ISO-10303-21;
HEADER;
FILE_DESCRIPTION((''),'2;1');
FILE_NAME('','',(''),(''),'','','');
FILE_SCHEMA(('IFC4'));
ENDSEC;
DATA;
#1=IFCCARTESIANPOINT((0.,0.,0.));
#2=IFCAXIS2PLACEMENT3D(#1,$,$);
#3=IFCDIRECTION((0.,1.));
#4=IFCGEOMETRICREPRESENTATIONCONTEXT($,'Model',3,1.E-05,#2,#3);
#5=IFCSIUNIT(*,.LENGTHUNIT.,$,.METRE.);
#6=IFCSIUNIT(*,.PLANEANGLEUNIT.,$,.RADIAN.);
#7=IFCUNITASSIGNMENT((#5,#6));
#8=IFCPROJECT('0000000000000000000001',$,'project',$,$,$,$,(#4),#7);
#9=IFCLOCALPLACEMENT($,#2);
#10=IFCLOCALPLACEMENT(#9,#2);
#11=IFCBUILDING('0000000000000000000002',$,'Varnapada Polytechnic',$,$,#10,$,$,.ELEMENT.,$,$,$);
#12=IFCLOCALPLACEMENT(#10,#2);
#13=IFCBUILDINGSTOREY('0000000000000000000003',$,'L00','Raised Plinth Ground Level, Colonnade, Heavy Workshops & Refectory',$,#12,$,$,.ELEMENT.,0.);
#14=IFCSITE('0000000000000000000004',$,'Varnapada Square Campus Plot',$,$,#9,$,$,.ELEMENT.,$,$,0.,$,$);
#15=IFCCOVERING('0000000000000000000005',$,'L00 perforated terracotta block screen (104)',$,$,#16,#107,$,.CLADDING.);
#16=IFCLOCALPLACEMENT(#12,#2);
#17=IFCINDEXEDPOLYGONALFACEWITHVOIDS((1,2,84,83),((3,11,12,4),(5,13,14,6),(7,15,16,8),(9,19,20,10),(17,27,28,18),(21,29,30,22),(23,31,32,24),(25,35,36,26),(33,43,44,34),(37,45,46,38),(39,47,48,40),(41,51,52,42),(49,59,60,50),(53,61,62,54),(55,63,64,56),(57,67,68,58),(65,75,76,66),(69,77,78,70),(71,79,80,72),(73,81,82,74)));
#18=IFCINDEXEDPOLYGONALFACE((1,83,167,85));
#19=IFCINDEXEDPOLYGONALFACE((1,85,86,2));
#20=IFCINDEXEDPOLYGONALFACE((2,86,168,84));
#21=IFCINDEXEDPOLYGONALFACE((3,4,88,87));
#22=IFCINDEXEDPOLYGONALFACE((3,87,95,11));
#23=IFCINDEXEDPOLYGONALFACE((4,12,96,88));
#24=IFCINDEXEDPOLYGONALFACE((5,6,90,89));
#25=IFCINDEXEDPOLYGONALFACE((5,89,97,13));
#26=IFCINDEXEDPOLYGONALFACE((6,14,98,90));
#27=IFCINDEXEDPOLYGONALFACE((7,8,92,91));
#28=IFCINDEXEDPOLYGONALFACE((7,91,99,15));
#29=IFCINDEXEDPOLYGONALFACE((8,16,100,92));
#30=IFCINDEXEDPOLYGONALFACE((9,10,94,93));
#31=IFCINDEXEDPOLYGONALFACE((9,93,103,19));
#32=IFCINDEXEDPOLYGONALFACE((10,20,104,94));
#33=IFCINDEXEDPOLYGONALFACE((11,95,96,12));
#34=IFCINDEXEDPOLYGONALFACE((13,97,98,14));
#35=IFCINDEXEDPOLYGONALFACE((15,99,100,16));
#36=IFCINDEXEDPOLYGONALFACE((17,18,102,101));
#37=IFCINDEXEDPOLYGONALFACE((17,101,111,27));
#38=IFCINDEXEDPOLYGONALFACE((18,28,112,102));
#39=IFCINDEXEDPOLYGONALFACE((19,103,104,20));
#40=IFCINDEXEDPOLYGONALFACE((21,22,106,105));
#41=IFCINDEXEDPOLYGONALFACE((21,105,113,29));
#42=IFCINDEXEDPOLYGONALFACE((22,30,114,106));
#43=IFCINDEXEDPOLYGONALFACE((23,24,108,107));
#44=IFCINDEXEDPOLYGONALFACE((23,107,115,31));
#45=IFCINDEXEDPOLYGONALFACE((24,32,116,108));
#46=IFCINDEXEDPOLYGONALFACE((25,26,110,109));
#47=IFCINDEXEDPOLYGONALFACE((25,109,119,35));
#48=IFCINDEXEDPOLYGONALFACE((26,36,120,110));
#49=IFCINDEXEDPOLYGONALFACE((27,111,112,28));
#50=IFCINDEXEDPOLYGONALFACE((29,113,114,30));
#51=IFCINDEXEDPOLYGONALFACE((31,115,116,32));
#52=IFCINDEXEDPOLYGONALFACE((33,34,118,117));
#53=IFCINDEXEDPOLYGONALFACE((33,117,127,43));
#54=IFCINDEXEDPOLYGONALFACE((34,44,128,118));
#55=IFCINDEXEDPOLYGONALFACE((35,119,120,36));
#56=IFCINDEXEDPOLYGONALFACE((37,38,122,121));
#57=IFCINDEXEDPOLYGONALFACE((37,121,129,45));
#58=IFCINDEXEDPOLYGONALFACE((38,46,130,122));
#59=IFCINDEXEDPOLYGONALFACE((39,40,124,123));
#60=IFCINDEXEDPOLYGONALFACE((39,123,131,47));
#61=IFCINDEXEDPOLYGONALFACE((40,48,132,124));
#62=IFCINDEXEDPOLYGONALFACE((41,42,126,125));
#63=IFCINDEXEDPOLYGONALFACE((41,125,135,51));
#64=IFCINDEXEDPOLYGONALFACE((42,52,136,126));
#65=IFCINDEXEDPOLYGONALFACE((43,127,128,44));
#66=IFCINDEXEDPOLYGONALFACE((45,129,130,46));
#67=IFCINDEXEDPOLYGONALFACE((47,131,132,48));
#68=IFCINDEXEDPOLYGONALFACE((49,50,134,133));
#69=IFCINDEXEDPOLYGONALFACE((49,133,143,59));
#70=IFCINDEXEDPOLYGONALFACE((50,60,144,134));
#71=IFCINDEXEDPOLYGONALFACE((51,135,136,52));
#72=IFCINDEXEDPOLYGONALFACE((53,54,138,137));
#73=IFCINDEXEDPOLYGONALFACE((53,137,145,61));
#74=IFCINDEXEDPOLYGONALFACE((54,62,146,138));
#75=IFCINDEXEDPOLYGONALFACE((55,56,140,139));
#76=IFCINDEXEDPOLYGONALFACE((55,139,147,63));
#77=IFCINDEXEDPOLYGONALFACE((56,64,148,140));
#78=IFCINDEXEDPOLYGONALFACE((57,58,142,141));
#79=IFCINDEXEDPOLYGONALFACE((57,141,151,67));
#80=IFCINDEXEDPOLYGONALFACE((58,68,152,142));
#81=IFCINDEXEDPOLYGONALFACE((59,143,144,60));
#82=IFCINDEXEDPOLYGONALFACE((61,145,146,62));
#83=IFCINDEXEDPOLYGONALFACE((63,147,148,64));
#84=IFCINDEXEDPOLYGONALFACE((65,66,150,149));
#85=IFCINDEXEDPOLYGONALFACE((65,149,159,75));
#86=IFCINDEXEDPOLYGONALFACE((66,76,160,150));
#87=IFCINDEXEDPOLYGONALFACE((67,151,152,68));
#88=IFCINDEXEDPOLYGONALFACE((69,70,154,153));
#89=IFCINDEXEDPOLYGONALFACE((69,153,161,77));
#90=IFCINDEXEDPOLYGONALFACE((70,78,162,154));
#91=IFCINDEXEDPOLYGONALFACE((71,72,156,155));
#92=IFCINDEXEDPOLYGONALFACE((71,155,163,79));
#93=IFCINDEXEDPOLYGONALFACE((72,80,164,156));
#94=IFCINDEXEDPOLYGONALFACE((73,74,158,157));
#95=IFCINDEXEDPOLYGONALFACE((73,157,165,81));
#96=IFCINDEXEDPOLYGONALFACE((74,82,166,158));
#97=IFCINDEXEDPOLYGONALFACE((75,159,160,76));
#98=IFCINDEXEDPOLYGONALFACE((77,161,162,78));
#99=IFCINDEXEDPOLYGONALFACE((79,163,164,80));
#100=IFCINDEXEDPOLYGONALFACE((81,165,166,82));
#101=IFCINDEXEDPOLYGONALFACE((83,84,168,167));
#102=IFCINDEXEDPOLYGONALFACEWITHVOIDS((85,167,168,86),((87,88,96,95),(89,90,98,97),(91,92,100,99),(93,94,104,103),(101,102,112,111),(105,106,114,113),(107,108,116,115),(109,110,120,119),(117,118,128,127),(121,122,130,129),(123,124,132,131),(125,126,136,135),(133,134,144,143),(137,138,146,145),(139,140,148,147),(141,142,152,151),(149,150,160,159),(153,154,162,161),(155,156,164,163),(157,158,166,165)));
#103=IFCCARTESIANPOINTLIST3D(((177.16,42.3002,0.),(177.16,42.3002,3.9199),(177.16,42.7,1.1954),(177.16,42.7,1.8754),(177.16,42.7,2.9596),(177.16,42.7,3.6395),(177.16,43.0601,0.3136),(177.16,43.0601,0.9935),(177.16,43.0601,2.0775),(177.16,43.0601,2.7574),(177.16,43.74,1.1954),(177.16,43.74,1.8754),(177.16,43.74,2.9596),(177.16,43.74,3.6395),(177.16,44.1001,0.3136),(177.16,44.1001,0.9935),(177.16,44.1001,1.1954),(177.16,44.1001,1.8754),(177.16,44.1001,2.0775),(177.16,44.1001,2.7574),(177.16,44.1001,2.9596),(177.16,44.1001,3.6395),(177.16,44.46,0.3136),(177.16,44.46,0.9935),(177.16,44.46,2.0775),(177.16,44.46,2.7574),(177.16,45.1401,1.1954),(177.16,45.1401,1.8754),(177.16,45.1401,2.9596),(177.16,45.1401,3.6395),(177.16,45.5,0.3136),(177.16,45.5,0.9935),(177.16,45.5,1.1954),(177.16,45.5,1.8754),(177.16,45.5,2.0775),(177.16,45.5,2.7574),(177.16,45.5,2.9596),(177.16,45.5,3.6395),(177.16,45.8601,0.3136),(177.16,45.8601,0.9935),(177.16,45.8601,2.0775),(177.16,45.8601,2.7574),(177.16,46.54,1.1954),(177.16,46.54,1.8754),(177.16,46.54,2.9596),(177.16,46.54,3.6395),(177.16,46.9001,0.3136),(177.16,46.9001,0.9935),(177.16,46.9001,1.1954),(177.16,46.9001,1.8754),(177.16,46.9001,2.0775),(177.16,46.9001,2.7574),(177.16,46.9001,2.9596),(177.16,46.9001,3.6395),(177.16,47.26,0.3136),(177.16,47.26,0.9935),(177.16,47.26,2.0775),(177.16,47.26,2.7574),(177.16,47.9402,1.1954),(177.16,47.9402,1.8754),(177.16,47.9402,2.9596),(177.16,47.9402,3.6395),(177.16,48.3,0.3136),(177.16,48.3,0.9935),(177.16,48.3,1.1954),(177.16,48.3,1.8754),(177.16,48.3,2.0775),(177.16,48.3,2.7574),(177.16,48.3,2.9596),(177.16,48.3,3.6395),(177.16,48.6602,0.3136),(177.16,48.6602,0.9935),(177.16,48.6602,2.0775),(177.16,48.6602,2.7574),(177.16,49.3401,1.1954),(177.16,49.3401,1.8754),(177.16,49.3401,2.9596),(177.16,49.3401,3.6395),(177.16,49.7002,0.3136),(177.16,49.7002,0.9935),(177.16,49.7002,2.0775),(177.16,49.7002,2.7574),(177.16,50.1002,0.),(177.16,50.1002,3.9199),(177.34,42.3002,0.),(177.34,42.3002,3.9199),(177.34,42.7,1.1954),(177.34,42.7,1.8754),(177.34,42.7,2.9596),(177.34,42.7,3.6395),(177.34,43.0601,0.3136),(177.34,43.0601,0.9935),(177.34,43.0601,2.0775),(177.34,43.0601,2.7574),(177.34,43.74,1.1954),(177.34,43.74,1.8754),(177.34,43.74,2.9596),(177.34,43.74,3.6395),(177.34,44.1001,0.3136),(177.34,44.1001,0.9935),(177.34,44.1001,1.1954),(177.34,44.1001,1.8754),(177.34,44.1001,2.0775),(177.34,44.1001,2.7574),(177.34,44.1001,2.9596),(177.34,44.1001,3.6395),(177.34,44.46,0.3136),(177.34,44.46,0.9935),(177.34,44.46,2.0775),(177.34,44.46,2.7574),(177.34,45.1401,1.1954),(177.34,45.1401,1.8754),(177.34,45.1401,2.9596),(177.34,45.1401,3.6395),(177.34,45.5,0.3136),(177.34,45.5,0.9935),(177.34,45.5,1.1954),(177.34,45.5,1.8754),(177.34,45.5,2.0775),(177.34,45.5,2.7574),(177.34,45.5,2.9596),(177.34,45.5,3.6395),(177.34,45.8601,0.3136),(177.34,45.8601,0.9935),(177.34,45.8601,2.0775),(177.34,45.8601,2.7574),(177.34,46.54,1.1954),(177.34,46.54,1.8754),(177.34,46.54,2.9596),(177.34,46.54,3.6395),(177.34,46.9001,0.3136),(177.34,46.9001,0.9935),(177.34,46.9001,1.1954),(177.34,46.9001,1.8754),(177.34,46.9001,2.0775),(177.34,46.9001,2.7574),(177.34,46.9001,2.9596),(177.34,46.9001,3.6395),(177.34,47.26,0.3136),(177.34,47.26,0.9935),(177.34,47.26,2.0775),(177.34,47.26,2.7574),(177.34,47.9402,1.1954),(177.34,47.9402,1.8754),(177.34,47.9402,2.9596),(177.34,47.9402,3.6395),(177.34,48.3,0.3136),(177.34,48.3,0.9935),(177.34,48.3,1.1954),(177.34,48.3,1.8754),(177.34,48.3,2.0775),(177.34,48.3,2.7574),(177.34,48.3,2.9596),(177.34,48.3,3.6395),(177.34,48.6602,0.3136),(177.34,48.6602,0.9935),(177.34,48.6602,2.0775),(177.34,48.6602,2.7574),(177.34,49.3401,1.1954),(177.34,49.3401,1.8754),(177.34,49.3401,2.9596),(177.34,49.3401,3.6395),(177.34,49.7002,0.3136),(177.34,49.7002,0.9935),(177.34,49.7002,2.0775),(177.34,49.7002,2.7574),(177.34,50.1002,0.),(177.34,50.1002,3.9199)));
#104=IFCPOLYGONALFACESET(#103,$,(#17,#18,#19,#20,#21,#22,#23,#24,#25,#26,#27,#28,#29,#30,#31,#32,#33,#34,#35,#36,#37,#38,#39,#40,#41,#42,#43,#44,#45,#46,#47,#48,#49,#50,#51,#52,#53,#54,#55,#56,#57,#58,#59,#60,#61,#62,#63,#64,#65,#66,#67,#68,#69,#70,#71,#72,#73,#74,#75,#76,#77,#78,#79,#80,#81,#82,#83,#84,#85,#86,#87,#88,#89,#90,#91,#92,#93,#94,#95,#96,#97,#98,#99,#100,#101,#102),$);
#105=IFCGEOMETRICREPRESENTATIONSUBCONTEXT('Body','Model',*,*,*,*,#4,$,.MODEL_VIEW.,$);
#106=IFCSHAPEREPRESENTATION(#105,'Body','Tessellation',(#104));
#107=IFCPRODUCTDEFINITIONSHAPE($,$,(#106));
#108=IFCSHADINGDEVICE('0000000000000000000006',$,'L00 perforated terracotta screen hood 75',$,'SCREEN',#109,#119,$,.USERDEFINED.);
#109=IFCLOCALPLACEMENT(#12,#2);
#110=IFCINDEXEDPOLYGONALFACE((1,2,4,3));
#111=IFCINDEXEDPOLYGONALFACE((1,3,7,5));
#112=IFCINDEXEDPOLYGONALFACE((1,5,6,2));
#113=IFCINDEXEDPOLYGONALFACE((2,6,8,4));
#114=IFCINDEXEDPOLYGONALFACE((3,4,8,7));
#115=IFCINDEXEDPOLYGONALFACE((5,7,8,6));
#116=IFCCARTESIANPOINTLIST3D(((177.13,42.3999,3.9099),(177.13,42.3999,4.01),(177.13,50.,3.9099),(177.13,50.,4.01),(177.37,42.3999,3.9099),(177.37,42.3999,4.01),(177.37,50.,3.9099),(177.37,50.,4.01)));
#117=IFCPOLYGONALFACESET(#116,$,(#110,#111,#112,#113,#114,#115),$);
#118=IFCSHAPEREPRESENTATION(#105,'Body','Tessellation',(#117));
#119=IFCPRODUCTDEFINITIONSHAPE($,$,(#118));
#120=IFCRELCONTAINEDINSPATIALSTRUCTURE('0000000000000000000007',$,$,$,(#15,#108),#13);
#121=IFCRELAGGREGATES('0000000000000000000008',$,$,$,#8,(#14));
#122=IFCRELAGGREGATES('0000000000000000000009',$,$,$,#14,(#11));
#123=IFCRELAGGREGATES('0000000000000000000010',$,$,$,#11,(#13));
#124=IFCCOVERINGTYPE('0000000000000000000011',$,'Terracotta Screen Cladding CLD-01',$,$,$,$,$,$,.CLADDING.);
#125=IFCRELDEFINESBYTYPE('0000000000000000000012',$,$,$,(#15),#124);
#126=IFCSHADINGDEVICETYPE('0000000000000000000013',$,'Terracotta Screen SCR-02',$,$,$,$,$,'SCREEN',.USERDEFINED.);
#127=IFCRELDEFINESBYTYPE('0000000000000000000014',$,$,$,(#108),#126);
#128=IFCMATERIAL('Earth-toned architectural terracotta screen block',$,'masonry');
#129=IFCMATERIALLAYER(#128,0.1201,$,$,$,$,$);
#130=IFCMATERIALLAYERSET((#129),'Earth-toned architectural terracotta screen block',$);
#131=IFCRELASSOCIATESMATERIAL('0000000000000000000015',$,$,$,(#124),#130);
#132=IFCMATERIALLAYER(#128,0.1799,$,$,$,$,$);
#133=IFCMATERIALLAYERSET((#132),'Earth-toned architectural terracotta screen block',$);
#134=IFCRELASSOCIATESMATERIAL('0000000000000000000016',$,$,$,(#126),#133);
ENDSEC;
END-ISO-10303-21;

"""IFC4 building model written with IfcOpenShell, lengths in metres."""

from ifc_helpers import new_model, si_unit, direction, frame, frame_2d, origin, origin_2d, place, context, subcontext, project, spatial, rectangle, extrude, material, layer, layer_set, type_object, element, save


model = new_model("IFC4")

# Units and contexts
model_context = context("Model", 3, precision=1e-05, world=origin(), true_north=direction((0.0, 1.0)))
body_context = subcontext(model_context, "Body", "Model", "MODEL_VIEW")
ifc_project = project(units=[si_unit("LENGTHUNIT", "METRE"), si_unit("PLANEANGLEUNIT", "RADIAN")], contexts=[model_context])

# Site, building, storey
site_placement = place(None, origin())
site = spatial("IfcSite", under=ifc_project, at=site_placement, Name="Varnapada Square Campus Plot", CompositionType="ELEMENT", RefElevation=0.0)
building_placement = place(site_placement, origin())
building = spatial("IfcBuilding", under=site, at=building_placement, Name="Varnapada Polytechnic", CompositionType="ELEMENT")
storey_placement = place(building_placement, origin())
storey = spatial("IfcBuildingStorey", under=building, at=storey_placement, Name="L00", Description="Raised Plinth Ground Level, Colonnade, Heavy Workshops & Refectory", CompositionType="ELEMENT", Elevation=0.0)

# Covering, openings
ifc_material_1 = material(Name="Earth-toned architectural terracotta screen block", Category="masonry")
ifc_layer_1 = layer(ifc_material_1, 0.1201)
ifc_layer_set_1 = layer_set([ifc_layer_1], Name="Earth-toned architectural terracotta screen block")
covering_type_1 = type_object("IfcCoveringType", Name="Terracotta Screen Cladding CLD-01", PredefinedType="CLADDING", material=ifc_layer_set_1)
covering_1_placement = place(storey_placement, frame((177.25, 50.1001, 0.0), z_axis=(0.0, 0.0, 1.0), x_axis=(0.0, -1.0, 0.0)))
covering_1 = element("IfcCovering", 1, at=covering_1_placement, inside=storey, type_object=covering_type_1, Name="L00 perforated terracotta block screen (104)", PredefinedType="CLADDING", context=body_context, shape_type="SweptSolid", body=[
    extrude(rectangle(XDim=7.8, YDim=0.1799, at=frame_2d((3.8999, 0.0))), origin(), (0.0, 0.0, 1.0), 3.9199),
])
opening_1_placement = place(covering_1_placement, frame((0.3999, 0.0, 0.3137)))
element("IfcOpeningElement", 2, at=opening_1_placement, cuts=covering_1, PredefinedType="OPENING", context=body_context, shape_type="SweptSolid", body=[
    extrude(rectangle(XDim=1.04, YDim=0.6799, at=frame_2d((0.52, 0.3398))), frame((0.0, 0.0999, 0.0), z_axis=(0.0, -1.0, 0.0), x_axis=(1.0, 0.0, 0.0)), (0.0, 0.0, 1.0), 0.2),
])
opening_2_placement = place(covering_1_placement, frame((1.8, 0.0, 0.3137)))
element("IfcOpeningElement", 3, at=opening_2_placement, cuts=covering_1, PredefinedType="OPENING", context=body_context, shape_type="SweptSolid", body=[
    extrude(rectangle(XDim=1.04, YDim=0.6799, at=frame_2d((0.52, 0.3398))), frame((0.0, 0.0999, 0.0), z_axis=(0.0, -1.0, 0.0), x_axis=(1.0, 0.0, 0.0)), (0.0, 0.0, 1.0), 0.2),
])
opening_3_placement = place(covering_1_placement, frame((3.2, 0.0, 0.3137)))
element("IfcOpeningElement", 4, at=opening_3_placement, cuts=covering_1, PredefinedType="OPENING", context=body_context, shape_type="SweptSolid", body=[
    extrude(rectangle(XDim=1.04, YDim=0.6799, at=frame_2d((0.52, 0.3398))), frame((0.0, 0.0999, 0.0), z_axis=(0.0, -1.0, 0.0), x_axis=(1.0, 0.0, 0.0)), (0.0, 0.0, 1.0), 0.2),
])
opening_4_placement = place(covering_1_placement, frame((4.6001, 0.0, 0.3137)))
element("IfcOpeningElement", 5, at=opening_4_placement, cuts=covering_1, PredefinedType="OPENING", context=body_context, shape_type="SweptSolid", body=[
    extrude(rectangle(XDim=1.04, YDim=0.6799, at=frame_2d((0.52, 0.3398))), frame((0.0, 0.0999, 0.0), z_axis=(0.0, -1.0, 0.0), x_axis=(1.0, 0.0, 0.0)), (0.0, 0.0, 1.0), 0.2),
])
opening_5_placement = place(covering_1_placement, frame((6.0, 0.0, 0.3137)))
element("IfcOpeningElement", 6, at=opening_5_placement, cuts=covering_1, PredefinedType="OPENING", context=body_context, shape_type="SweptSolid", body=[
    extrude(rectangle(XDim=1.04, YDim=0.6799, at=frame_2d((0.52, 0.3398))), frame((0.0, 0.0999, 0.0), z_axis=(0.0, -1.0, 0.0), x_axis=(1.0, 0.0, 0.0)), (0.0, 0.0, 1.0), 0.2),
])
opening_6_placement = place(covering_1_placement, frame((0.76, 0.0, 1.1956)))
element("IfcOpeningElement", 7, at=opening_6_placement, cuts=covering_1, PredefinedType="OPENING", context=body_context, shape_type="SweptSolid", body=[
    extrude(rectangle(XDim=1.04, YDim=0.6799, at=frame_2d((0.52, 0.3398))), frame((0.0, 0.0999, 0.0), z_axis=(0.0, -1.0, 0.0), x_axis=(1.0, 0.0, 0.0)), (0.0, 0.0, 1.0), 0.2),
])
opening_7_placement = place(covering_1_placement, frame((2.1599, 0.0, 1.1956)))
element("IfcOpeningElement", 8, at=opening_7_placement, cuts=covering_1, PredefinedType="OPENING", context=body_context, shape_type="SweptSolid", body=[
    extrude(rectangle(XDim=1.04, YDim=0.6799, at=frame_2d((0.52, 0.3398))), frame((0.0, 0.0999, 0.0), z_axis=(0.0, -1.0, 0.0), x_axis=(1.0, 0.0, 0.0)), (0.0, 0.0, 1.0), 0.2),
])
opening_8_placement = place(covering_1_placement, frame((3.5601, 0.0, 1.1956)))
element("IfcOpeningElement", 9, at=opening_8_placement, cuts=covering_1, PredefinedType="OPENING", context=body_context, shape_type="SweptSolid", body=[
    extrude(rectangle(XDim=1.04, YDim=0.6799, at=frame_2d((0.52, 0.3398))), frame((0.0, 0.0999, 0.0), z_axis=(0.0, -1.0, 0.0), x_axis=(1.0, 0.0, 0.0)), (0.0, 0.0, 1.0), 0.2),
])
opening_9_placement = place(covering_1_placement, frame((4.96, 0.0, 1.1956)))
element("IfcOpeningElement", 10, at=opening_9_placement, cuts=covering_1, PredefinedType="OPENING", context=body_context, shape_type="SweptSolid", body=[
    extrude(rectangle(XDim=1.04, YDim=0.6799, at=frame_2d((0.52, 0.3398))), frame((0.0, 0.0999, 0.0), z_axis=(0.0, -1.0, 0.0), x_axis=(1.0, 0.0, 0.0)), (0.0, 0.0, 1.0), 0.2),
])
opening_10_placement = place(covering_1_placement, frame((6.3601, 0.0, 1.1956)))
element("IfcOpeningElement", 11, at=opening_10_placement, cuts=covering_1, PredefinedType="OPENING", context=body_context, shape_type="SweptSolid", body=[
    extrude(rectangle(XDim=1.04, YDim=0.6799, at=frame_2d((0.52, 0.3398))), frame((0.0, 0.0999, 0.0), z_axis=(0.0, -1.0, 0.0), x_axis=(1.0, 0.0, 0.0)), (0.0, 0.0, 1.0), 0.2),
])
opening_11_placement = place(covering_1_placement, frame((0.3999, 0.0, 2.0776)))
element("IfcOpeningElement", 12, at=opening_11_placement, cuts=covering_1, PredefinedType="OPENING", context=body_context, shape_type="SweptSolid", body=[
    extrude(rectangle(XDim=1.04, YDim=0.6799, at=frame_2d((0.52, 0.3398))), frame((0.0, 0.0999, 0.0), z_axis=(0.0, -1.0, 0.0), x_axis=(1.0, 0.0, 0.0)), (0.0, 0.0, 1.0), 0.2),
])
opening_12_placement = place(covering_1_placement, frame((1.8, 0.0, 2.0776)))
element("IfcOpeningElement", 13, at=opening_12_placement, cuts=covering_1, PredefinedType="OPENING", context=body_context, shape_type="SweptSolid", body=[
    extrude(rectangle(XDim=1.04, YDim=0.6799, at=frame_2d((0.52, 0.3398))), frame((0.0, 0.0999, 0.0), z_axis=(0.0, -1.0, 0.0), x_axis=(1.0, 0.0, 0.0)), (0.0, 0.0, 1.0), 0.2),
])
opening_13_placement = place(covering_1_placement, frame((3.2, 0.0, 2.0776)))
element("IfcOpeningElement", 14, at=opening_13_placement, cuts=covering_1, PredefinedType="OPENING", context=body_context, shape_type="SweptSolid", body=[
    extrude(rectangle(XDim=1.04, YDim=0.6799, at=frame_2d((0.52, 0.3398))), frame((0.0, 0.0999, 0.0), z_axis=(0.0, -1.0, 0.0), x_axis=(1.0, 0.0, 0.0)), (0.0, 0.0, 1.0), 0.2),
])
opening_14_placement = place(covering_1_placement, frame((4.6001, 0.0, 2.0776)))
element("IfcOpeningElement", 15, at=opening_14_placement, cuts=covering_1, PredefinedType="OPENING", context=body_context, shape_type="SweptSolid", body=[
    extrude(rectangle(XDim=1.04, YDim=0.6799, at=frame_2d((0.52, 0.3398))), frame((0.0, 0.0999, 0.0), z_axis=(0.0, -1.0, 0.0), x_axis=(1.0, 0.0, 0.0)), (0.0, 0.0, 1.0), 0.2),
])
opening_15_placement = place(covering_1_placement, frame((6.0, 0.0, 2.0776)))
element("IfcOpeningElement", 16, at=opening_15_placement, cuts=covering_1, PredefinedType="OPENING", context=body_context, shape_type="SweptSolid", body=[
    extrude(rectangle(XDim=1.04, YDim=0.6799, at=frame_2d((0.52, 0.3398))), frame((0.0, 0.0999, 0.0), z_axis=(0.0, -1.0, 0.0), x_axis=(1.0, 0.0, 0.0)), (0.0, 0.0, 1.0), 0.2),
])
opening_16_placement = place(covering_1_placement, frame((0.76, 0.0, 2.9597)))
element("IfcOpeningElement", 17, at=opening_16_placement, cuts=covering_1, PredefinedType="OPENING", context=body_context, shape_type="SweptSolid", body=[
    extrude(rectangle(XDim=1.04, YDim=0.6799, at=frame_2d((0.52, 0.3398))), frame((0.0, 0.0999, 0.0), z_axis=(0.0, -1.0, 0.0), x_axis=(1.0, 0.0, 0.0)), (0.0, 0.0, 1.0), 0.2),
])
opening_17_placement = place(covering_1_placement, frame((2.1599, 0.0, 2.9597)))
element("IfcOpeningElement", 18, at=opening_17_placement, cuts=covering_1, PredefinedType="OPENING", context=body_context, shape_type="SweptSolid", body=[
    extrude(rectangle(XDim=1.04, YDim=0.6799, at=frame_2d((0.52, 0.3398))), frame((0.0, 0.0999, 0.0), z_axis=(0.0, -1.0, 0.0), x_axis=(1.0, 0.0, 0.0)), (0.0, 0.0, 1.0), 0.2),
])
opening_18_placement = place(covering_1_placement, frame((3.5601, 0.0, 2.9597)))
element("IfcOpeningElement", 19, at=opening_18_placement, cuts=covering_1, PredefinedType="OPENING", context=body_context, shape_type="SweptSolid", body=[
    extrude(rectangle(XDim=1.04, YDim=0.6799, at=frame_2d((0.52, 0.3398))), frame((0.0, 0.0999, 0.0), z_axis=(0.0, -1.0, 0.0), x_axis=(1.0, 0.0, 0.0)), (0.0, 0.0, 1.0), 0.2),
])
opening_19_placement = place(covering_1_placement, frame((4.96, 0.0, 2.9597)))
element("IfcOpeningElement", 20, at=opening_19_placement, cuts=covering_1, PredefinedType="OPENING", context=body_context, shape_type="SweptSolid", body=[
    extrude(rectangle(XDim=1.04, YDim=0.6799, at=frame_2d((0.52, 0.3398))), frame((0.0, 0.0999, 0.0), z_axis=(0.0, -1.0, 0.0), x_axis=(1.0, 0.0, 0.0)), (0.0, 0.0, 1.0), 0.2),
])
opening_20_placement = place(covering_1_placement, frame((6.3601, 0.0, 2.9597)))
element("IfcOpeningElement", 21, at=opening_20_placement, cuts=covering_1, PredefinedType="OPENING", context=body_context, shape_type="SweptSolid", body=[
    extrude(rectangle(XDim=1.04, YDim=0.6799, at=frame_2d((0.52, 0.3398))), frame((0.0, 0.0999, 0.0), z_axis=(0.0, -1.0, 0.0), x_axis=(1.0, 0.0, 0.0)), (0.0, 0.0, 1.0), 0.2),
])

# Shading device
ifc_layer_2 = layer(ifc_material_1, 0.1799)
ifc_layer_set_2 = layer_set([ifc_layer_2], Name="Earth-toned architectural terracotta screen block")
shading_device_type = type_object("IfcShadingDeviceType", Name="Terracotta Screen SCR-02", ElementType="SCREEN", PredefinedType="USERDEFINED", material=ifc_layer_set_2)
shading_device_placement = place(storey_placement, frame((177.25, 46.2, 3.9099), z_axis=(0.0, 0.0, 1.0), x_axis=(0.0, -1.0, 0.0)))
element("IfcShadingDevice", 22, at=shading_device_placement, inside=storey, type_object=shading_device_type, Name="L00 perforated terracotta screen hood 75", ObjectType="SCREEN", PredefinedType="USERDEFINED", context=body_context, shape_type="SweptSolid", body=[
    extrude(rectangle(XDim=7.6001, YDim=0.24, at=origin_2d()), origin(), (0.0, 0.0, 1.0), 0.1001),
])

save(model, "model.ifc")
